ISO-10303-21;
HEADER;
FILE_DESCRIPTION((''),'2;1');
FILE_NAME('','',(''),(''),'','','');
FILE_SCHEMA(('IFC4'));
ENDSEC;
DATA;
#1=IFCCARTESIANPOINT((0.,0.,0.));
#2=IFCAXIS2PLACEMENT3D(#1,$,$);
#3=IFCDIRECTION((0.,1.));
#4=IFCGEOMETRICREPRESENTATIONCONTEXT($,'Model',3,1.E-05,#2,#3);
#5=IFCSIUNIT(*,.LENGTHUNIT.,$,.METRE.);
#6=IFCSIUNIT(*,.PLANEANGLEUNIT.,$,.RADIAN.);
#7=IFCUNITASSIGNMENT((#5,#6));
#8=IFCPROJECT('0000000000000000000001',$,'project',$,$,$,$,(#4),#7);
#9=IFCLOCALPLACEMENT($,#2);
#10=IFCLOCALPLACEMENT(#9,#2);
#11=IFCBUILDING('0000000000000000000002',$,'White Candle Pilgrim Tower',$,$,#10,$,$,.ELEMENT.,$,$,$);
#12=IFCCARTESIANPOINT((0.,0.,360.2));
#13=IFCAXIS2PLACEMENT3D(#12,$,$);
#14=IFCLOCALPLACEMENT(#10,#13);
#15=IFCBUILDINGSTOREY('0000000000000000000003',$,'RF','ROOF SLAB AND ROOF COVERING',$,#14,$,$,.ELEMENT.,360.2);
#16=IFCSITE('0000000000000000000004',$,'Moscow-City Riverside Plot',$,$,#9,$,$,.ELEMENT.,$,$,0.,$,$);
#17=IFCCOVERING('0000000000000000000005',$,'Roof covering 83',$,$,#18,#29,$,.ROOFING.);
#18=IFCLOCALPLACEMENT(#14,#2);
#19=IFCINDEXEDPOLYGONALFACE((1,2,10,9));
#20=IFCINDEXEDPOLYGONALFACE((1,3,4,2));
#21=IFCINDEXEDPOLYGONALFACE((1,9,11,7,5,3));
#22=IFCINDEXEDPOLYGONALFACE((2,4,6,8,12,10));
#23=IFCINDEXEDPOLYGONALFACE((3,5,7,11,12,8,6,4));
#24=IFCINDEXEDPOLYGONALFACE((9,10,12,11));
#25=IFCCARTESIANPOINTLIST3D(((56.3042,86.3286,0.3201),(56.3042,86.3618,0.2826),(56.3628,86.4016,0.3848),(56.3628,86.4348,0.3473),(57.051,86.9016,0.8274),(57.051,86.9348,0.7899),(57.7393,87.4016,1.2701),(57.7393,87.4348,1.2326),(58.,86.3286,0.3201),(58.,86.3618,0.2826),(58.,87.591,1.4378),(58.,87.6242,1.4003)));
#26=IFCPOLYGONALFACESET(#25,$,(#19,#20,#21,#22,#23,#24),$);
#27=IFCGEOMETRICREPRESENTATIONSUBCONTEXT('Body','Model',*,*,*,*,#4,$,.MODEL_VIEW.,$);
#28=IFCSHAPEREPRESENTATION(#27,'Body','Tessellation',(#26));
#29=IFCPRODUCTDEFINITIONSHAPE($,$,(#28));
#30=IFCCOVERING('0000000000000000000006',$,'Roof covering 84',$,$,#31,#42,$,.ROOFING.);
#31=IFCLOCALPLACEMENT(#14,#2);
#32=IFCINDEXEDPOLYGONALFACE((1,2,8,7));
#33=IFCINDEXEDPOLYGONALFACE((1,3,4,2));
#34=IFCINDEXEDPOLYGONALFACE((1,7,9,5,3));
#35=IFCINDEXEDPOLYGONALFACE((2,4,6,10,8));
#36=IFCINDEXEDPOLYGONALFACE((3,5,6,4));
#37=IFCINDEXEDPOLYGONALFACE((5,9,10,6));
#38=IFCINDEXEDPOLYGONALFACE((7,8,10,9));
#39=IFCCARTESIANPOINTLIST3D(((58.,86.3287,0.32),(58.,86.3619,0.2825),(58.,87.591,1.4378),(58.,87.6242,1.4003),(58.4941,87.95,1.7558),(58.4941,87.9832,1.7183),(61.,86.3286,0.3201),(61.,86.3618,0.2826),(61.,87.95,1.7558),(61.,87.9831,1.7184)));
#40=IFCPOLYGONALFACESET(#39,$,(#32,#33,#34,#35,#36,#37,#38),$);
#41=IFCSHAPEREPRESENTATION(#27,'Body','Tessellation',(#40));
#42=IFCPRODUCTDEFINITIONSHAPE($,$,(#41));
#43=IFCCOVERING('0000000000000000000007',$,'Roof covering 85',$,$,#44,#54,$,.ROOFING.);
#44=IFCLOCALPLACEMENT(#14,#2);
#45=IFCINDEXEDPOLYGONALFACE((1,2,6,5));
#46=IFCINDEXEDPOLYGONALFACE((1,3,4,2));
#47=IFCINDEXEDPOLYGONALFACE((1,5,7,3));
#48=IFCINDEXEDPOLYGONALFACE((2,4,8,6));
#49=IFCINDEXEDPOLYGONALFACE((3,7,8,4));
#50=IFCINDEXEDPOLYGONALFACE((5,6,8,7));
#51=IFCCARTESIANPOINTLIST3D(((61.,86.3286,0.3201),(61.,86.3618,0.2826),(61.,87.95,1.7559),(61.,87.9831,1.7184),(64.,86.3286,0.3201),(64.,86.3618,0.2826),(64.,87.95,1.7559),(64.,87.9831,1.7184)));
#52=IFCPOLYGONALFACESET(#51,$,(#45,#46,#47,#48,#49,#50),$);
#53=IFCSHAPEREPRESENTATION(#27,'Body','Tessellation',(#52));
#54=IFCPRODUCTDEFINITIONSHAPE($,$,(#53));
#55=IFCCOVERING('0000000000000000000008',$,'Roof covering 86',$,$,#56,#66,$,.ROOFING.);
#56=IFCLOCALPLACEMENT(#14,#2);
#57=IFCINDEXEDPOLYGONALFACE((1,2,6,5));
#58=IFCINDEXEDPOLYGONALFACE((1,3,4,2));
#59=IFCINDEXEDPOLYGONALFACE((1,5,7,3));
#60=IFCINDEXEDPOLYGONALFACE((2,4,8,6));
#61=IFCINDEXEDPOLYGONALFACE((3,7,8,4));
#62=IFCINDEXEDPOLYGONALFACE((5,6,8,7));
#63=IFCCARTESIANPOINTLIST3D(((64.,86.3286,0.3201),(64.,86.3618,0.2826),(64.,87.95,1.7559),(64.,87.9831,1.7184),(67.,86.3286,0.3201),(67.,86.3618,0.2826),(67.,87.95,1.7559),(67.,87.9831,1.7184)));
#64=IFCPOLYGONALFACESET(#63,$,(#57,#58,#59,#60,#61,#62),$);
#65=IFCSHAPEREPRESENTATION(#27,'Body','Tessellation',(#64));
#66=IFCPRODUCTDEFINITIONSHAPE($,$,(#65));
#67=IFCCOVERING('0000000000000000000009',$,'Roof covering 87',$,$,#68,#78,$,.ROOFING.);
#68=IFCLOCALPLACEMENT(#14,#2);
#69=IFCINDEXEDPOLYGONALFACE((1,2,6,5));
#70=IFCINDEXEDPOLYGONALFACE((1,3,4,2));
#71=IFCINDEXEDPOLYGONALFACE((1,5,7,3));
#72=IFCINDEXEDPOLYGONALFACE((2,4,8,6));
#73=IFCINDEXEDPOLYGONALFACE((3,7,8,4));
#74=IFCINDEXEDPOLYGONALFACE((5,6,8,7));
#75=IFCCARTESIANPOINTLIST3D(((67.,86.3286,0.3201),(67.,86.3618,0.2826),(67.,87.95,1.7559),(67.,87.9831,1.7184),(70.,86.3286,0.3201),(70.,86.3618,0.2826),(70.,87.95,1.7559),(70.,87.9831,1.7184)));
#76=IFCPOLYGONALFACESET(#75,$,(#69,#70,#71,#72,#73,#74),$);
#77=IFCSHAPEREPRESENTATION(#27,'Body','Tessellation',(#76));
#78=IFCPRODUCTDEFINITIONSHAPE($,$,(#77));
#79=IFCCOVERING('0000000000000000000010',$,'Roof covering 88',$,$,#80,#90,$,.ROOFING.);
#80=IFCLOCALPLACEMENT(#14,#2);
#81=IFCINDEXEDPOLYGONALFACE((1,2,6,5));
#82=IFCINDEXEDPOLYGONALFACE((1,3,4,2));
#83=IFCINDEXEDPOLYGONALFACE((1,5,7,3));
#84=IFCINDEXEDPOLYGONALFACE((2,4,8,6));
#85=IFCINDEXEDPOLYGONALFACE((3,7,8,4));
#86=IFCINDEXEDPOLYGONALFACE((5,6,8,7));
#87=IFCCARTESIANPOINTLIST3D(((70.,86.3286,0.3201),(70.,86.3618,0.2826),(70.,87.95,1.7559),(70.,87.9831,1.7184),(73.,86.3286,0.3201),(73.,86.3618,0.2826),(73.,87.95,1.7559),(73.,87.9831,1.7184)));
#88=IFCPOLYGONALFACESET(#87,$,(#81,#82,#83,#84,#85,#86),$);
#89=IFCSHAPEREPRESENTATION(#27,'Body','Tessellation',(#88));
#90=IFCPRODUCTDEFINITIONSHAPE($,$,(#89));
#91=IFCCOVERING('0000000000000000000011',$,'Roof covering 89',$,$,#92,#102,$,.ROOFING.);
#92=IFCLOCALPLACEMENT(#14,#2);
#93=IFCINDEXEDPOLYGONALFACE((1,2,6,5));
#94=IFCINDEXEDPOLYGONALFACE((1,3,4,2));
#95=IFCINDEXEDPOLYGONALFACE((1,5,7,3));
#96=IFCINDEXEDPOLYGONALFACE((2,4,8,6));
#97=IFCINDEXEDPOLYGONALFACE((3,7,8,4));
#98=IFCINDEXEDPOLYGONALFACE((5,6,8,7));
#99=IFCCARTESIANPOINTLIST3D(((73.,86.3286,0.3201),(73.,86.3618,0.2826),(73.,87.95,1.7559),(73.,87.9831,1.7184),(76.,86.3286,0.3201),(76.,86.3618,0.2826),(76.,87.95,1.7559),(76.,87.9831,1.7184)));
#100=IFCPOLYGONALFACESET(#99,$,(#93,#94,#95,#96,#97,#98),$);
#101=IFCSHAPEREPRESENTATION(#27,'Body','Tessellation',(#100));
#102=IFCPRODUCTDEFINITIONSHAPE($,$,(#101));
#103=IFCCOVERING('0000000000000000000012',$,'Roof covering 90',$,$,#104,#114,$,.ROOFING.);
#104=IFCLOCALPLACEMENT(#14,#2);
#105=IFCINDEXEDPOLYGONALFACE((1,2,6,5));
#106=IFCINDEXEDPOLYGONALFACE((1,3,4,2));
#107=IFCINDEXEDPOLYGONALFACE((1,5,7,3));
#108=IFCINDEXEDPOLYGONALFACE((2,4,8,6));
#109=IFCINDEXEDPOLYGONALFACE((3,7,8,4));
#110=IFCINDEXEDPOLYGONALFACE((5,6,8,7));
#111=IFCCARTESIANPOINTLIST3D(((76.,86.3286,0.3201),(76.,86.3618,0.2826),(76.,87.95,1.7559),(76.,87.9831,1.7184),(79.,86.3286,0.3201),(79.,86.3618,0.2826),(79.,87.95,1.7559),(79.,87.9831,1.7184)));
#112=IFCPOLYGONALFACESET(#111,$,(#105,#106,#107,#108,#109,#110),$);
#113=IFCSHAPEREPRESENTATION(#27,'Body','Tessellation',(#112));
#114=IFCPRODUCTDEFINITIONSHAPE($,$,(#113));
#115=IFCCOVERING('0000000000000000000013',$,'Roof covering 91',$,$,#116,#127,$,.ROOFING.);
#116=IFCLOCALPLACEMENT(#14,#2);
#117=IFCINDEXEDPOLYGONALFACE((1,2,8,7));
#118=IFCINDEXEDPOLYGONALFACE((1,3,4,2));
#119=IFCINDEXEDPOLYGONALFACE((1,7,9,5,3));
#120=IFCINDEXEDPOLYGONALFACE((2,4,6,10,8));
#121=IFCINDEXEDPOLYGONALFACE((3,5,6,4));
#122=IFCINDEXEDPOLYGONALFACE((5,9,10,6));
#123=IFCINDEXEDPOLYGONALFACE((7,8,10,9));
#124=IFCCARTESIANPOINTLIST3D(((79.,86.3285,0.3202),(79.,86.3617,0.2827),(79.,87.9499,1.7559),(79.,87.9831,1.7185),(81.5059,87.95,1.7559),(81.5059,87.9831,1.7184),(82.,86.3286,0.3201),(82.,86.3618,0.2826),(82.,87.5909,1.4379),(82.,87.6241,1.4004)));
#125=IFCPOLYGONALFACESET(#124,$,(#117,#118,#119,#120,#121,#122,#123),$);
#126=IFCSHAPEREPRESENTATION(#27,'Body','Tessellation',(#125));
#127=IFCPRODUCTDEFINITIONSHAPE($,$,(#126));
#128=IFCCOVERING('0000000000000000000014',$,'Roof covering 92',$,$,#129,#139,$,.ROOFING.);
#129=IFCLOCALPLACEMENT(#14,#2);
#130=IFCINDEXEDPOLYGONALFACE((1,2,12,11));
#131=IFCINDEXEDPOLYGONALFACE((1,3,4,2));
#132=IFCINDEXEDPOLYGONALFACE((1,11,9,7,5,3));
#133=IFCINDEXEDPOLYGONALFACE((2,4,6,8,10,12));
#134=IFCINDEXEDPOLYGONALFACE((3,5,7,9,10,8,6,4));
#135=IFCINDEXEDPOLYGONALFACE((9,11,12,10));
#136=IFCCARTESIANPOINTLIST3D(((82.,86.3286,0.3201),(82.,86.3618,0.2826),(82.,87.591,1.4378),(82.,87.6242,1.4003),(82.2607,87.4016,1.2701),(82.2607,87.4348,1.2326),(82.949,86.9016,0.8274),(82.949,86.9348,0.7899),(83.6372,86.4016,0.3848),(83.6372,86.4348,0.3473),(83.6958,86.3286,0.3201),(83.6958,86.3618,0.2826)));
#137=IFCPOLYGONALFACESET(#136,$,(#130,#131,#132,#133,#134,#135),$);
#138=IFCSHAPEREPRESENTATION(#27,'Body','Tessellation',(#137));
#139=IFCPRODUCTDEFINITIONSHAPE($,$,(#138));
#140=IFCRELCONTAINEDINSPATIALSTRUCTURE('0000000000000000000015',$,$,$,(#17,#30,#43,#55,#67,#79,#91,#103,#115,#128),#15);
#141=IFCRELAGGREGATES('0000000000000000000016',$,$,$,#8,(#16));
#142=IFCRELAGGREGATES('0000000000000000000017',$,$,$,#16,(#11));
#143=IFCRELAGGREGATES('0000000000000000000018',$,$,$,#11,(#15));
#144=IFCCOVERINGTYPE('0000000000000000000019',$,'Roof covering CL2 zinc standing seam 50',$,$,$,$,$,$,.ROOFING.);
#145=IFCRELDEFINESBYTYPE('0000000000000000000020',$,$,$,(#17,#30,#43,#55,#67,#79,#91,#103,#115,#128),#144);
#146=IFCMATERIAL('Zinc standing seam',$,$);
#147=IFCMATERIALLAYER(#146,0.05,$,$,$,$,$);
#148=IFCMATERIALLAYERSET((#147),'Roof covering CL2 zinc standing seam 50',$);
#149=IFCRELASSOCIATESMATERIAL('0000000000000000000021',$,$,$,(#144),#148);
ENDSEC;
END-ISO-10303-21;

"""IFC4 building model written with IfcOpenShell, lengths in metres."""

from ifc_helpers import new_model, si_unit, direction, frame, origin, place, context, subcontext, project, spatial, polyline, outline, extrude, material, layer, layer_set, type_object, element, save


model = new_model("IFC4")

# Units and contexts
model_context = context("Model", 3, precision=1e-05, world=origin(), true_north=direction((0.0, 1.0)))
body_context = subcontext(model_context, "Body", "Model", "MODEL_VIEW")
ifc_project = project(units=[si_unit("LENGTHUNIT", "METRE"), si_unit("PLANEANGLEUNIT", "RADIAN")], contexts=[model_context])

# Site, building, storey
site_placement = place(None, origin())
site = spatial("IfcSite", under=ifc_project, at=site_placement, Name="Moscow-City Riverside Plot", CompositionType="ELEMENT", RefElevation=0.0)
building_placement = place(site_placement, origin())
building = spatial("IfcBuilding", under=site, at=building_placement, Name="White Candle Pilgrim Tower", CompositionType="ELEMENT")
storey_placement = place(building_placement, frame((0.0, 0.0, 360.2)))
storey = spatial("IfcBuildingStorey", under=building, at=storey_placement, Name="RF", Description="ROOF SLAB AND ROOF COVERING", CompositionType="ELEMENT", Elevation=360.2)

# Coverings
ifc_material_1 = material(Name="Zinc standing seam")
ifc_layer_1 = layer(ifc_material_1, 0.05)
ifc_layer_set_1 = layer_set([ifc_layer_1], Name="Roof covering CL2 zinc standing seam 50")
covering_type = type_object("IfcCoveringType", Name="Roof covering CL2 zinc standing seam 50", PredefinedType="ROOFING", material=ifc_layer_set_1)
covering_1_placement = place(storey_placement, frame((58.0, 86.3286, 0.3201), z_axis=(0.000027, -0.662891, 0.748716), x_axis=(-1.0, -0.000018, 0.00002)))
element("IfcCovering", 1, at=covering_1_placement, inside=storey, type_object=covering_type, Name="Roof covering 83", PredefinedType="ROOFING", context=body_context, shape_type="SweptSolid", body=[
    extrude(outline(polyline([(0.0, 0.0), (1.6958, 0.0), (1.6372, -0.0975), (0.949, -0.7653), (0.2607, -1.4331), (0.0, -1.6861), (0.0, 0.0)])), origin(), (0.0, 0.0, -1.0), 0.05),
])
covering_2_placement = place(storey_placement, frame((61.0, 86.3286, 0.3201), z_axis=(-0.000038, -0.662964, 0.748651), x_axis=(-1.0, 0.000025, -0.000029)))
element("IfcCovering", 2, at=covering_2_placement, inside=storey, type_object=covering_type, Name="Roof covering 84", PredefinedType="ROOFING", context=body_context, shape_type="SweptSolid", body=[
    extrude(outline(polyline([(0.0, 0.0), (3.0, 0.0), (3.0, -1.6861), (2.5059, -2.1657), (0.0, -2.1657), (0.0, 0.0)])), origin(), (0.0, 0.0, -1.0), 0.05),
])
for number, where, z_axis, x_axis, name in (
    (3, (64.0, 86.3286, 0.3201), (0.0, -0.66297, 0.748646), (-1.0, 0.0, 0.0), "Roof covering 85"),
    (4, (67.0, 86.3286, 0.3201), (0.0, -0.66297, 0.748646), (-1.0, 0.0, 0.0), "Roof covering 86"),
    (5, (70.0, 86.3286, 0.3201), (0.0, -0.66297, 0.748646), (-1.0, 0.0, 0.0), "Roof covering 87"),
    (6, (73.0, 86.3286, 0.3201), (0.0, -0.66297, 0.748646), (-1.0, 0.0, 0.0), "Roof covering 88"),
    (7, (76.0, 86.3286, 0.3201), (0.0, -0.66297, 0.748646), (-1.0, 0.0, 0.0), "Roof covering 89"),
    (8, (79.0, 86.3286, 0.3201), (0.0, -0.66297, 0.748646), (-1.0, 0.0, 0.0), "Roof covering 90"),
):
    element("IfcCovering", number, at=place(storey_placement, frame(where, z_axis=z_axis, x_axis=x_axis)), inside=storey, type_object=covering_type, Name=name, PredefinedType="ROOFING", context=body_context, shape_type="SweptSolid", body=[
        extrude(outline(polyline([(0.0, 0.0), (3.0, 0.0), (3.0, -2.1657), (0.0, -2.1657), (0.0, 0.0)])), origin(), (0.0, 0.0, -1.0), 0.05),
    ])
covering_3_placement = place(storey_placement, frame((82.0, 86.3286, 0.3201), z_axis=(0.000038, -0.662964, 0.748651), x_axis=(-1.0, -0.000025, 0.000029)))
element("IfcCovering", 9, at=covering_3_placement, inside=storey, type_object=covering_type, Name="Roof covering 91", PredefinedType="ROOFING", context=body_context, shape_type="SweptSolid", body=[
    extrude(outline(polyline([(0.0, 0.0), (3.0, 0.0), (3.0, -2.1657), (0.4941, -2.1657), (0.0, -1.6861), (0.0, 0.0)])), origin(), (0.0, 0.0, -1.0), 0.05),
])
covering_4_placement = place(storey_placement, frame((82.0, 86.3286, 0.3201), z_axis=(-0.000027, -0.662891, 0.748716), x_axis=(0.0, 0.748716, 0.662891)))
element("IfcCovering", 10, at=covering_4_placement, inside=storey, type_object=covering_type, Name="Roof covering 92", PredefinedType="ROOFING", context=body_context, shape_type="SweptSolid", body=[
    extrude(outline(polyline([(0.0, 0.0), (1.6861, 0.0), (1.4331, -0.2607), (0.7653, -0.949), (0.0975, -1.6372), (0.0, -1.6958), (0.0, 0.0)])), origin(), (0.0, 0.0, -1.0), 0.05),
])

save(model, "model.ifc")
